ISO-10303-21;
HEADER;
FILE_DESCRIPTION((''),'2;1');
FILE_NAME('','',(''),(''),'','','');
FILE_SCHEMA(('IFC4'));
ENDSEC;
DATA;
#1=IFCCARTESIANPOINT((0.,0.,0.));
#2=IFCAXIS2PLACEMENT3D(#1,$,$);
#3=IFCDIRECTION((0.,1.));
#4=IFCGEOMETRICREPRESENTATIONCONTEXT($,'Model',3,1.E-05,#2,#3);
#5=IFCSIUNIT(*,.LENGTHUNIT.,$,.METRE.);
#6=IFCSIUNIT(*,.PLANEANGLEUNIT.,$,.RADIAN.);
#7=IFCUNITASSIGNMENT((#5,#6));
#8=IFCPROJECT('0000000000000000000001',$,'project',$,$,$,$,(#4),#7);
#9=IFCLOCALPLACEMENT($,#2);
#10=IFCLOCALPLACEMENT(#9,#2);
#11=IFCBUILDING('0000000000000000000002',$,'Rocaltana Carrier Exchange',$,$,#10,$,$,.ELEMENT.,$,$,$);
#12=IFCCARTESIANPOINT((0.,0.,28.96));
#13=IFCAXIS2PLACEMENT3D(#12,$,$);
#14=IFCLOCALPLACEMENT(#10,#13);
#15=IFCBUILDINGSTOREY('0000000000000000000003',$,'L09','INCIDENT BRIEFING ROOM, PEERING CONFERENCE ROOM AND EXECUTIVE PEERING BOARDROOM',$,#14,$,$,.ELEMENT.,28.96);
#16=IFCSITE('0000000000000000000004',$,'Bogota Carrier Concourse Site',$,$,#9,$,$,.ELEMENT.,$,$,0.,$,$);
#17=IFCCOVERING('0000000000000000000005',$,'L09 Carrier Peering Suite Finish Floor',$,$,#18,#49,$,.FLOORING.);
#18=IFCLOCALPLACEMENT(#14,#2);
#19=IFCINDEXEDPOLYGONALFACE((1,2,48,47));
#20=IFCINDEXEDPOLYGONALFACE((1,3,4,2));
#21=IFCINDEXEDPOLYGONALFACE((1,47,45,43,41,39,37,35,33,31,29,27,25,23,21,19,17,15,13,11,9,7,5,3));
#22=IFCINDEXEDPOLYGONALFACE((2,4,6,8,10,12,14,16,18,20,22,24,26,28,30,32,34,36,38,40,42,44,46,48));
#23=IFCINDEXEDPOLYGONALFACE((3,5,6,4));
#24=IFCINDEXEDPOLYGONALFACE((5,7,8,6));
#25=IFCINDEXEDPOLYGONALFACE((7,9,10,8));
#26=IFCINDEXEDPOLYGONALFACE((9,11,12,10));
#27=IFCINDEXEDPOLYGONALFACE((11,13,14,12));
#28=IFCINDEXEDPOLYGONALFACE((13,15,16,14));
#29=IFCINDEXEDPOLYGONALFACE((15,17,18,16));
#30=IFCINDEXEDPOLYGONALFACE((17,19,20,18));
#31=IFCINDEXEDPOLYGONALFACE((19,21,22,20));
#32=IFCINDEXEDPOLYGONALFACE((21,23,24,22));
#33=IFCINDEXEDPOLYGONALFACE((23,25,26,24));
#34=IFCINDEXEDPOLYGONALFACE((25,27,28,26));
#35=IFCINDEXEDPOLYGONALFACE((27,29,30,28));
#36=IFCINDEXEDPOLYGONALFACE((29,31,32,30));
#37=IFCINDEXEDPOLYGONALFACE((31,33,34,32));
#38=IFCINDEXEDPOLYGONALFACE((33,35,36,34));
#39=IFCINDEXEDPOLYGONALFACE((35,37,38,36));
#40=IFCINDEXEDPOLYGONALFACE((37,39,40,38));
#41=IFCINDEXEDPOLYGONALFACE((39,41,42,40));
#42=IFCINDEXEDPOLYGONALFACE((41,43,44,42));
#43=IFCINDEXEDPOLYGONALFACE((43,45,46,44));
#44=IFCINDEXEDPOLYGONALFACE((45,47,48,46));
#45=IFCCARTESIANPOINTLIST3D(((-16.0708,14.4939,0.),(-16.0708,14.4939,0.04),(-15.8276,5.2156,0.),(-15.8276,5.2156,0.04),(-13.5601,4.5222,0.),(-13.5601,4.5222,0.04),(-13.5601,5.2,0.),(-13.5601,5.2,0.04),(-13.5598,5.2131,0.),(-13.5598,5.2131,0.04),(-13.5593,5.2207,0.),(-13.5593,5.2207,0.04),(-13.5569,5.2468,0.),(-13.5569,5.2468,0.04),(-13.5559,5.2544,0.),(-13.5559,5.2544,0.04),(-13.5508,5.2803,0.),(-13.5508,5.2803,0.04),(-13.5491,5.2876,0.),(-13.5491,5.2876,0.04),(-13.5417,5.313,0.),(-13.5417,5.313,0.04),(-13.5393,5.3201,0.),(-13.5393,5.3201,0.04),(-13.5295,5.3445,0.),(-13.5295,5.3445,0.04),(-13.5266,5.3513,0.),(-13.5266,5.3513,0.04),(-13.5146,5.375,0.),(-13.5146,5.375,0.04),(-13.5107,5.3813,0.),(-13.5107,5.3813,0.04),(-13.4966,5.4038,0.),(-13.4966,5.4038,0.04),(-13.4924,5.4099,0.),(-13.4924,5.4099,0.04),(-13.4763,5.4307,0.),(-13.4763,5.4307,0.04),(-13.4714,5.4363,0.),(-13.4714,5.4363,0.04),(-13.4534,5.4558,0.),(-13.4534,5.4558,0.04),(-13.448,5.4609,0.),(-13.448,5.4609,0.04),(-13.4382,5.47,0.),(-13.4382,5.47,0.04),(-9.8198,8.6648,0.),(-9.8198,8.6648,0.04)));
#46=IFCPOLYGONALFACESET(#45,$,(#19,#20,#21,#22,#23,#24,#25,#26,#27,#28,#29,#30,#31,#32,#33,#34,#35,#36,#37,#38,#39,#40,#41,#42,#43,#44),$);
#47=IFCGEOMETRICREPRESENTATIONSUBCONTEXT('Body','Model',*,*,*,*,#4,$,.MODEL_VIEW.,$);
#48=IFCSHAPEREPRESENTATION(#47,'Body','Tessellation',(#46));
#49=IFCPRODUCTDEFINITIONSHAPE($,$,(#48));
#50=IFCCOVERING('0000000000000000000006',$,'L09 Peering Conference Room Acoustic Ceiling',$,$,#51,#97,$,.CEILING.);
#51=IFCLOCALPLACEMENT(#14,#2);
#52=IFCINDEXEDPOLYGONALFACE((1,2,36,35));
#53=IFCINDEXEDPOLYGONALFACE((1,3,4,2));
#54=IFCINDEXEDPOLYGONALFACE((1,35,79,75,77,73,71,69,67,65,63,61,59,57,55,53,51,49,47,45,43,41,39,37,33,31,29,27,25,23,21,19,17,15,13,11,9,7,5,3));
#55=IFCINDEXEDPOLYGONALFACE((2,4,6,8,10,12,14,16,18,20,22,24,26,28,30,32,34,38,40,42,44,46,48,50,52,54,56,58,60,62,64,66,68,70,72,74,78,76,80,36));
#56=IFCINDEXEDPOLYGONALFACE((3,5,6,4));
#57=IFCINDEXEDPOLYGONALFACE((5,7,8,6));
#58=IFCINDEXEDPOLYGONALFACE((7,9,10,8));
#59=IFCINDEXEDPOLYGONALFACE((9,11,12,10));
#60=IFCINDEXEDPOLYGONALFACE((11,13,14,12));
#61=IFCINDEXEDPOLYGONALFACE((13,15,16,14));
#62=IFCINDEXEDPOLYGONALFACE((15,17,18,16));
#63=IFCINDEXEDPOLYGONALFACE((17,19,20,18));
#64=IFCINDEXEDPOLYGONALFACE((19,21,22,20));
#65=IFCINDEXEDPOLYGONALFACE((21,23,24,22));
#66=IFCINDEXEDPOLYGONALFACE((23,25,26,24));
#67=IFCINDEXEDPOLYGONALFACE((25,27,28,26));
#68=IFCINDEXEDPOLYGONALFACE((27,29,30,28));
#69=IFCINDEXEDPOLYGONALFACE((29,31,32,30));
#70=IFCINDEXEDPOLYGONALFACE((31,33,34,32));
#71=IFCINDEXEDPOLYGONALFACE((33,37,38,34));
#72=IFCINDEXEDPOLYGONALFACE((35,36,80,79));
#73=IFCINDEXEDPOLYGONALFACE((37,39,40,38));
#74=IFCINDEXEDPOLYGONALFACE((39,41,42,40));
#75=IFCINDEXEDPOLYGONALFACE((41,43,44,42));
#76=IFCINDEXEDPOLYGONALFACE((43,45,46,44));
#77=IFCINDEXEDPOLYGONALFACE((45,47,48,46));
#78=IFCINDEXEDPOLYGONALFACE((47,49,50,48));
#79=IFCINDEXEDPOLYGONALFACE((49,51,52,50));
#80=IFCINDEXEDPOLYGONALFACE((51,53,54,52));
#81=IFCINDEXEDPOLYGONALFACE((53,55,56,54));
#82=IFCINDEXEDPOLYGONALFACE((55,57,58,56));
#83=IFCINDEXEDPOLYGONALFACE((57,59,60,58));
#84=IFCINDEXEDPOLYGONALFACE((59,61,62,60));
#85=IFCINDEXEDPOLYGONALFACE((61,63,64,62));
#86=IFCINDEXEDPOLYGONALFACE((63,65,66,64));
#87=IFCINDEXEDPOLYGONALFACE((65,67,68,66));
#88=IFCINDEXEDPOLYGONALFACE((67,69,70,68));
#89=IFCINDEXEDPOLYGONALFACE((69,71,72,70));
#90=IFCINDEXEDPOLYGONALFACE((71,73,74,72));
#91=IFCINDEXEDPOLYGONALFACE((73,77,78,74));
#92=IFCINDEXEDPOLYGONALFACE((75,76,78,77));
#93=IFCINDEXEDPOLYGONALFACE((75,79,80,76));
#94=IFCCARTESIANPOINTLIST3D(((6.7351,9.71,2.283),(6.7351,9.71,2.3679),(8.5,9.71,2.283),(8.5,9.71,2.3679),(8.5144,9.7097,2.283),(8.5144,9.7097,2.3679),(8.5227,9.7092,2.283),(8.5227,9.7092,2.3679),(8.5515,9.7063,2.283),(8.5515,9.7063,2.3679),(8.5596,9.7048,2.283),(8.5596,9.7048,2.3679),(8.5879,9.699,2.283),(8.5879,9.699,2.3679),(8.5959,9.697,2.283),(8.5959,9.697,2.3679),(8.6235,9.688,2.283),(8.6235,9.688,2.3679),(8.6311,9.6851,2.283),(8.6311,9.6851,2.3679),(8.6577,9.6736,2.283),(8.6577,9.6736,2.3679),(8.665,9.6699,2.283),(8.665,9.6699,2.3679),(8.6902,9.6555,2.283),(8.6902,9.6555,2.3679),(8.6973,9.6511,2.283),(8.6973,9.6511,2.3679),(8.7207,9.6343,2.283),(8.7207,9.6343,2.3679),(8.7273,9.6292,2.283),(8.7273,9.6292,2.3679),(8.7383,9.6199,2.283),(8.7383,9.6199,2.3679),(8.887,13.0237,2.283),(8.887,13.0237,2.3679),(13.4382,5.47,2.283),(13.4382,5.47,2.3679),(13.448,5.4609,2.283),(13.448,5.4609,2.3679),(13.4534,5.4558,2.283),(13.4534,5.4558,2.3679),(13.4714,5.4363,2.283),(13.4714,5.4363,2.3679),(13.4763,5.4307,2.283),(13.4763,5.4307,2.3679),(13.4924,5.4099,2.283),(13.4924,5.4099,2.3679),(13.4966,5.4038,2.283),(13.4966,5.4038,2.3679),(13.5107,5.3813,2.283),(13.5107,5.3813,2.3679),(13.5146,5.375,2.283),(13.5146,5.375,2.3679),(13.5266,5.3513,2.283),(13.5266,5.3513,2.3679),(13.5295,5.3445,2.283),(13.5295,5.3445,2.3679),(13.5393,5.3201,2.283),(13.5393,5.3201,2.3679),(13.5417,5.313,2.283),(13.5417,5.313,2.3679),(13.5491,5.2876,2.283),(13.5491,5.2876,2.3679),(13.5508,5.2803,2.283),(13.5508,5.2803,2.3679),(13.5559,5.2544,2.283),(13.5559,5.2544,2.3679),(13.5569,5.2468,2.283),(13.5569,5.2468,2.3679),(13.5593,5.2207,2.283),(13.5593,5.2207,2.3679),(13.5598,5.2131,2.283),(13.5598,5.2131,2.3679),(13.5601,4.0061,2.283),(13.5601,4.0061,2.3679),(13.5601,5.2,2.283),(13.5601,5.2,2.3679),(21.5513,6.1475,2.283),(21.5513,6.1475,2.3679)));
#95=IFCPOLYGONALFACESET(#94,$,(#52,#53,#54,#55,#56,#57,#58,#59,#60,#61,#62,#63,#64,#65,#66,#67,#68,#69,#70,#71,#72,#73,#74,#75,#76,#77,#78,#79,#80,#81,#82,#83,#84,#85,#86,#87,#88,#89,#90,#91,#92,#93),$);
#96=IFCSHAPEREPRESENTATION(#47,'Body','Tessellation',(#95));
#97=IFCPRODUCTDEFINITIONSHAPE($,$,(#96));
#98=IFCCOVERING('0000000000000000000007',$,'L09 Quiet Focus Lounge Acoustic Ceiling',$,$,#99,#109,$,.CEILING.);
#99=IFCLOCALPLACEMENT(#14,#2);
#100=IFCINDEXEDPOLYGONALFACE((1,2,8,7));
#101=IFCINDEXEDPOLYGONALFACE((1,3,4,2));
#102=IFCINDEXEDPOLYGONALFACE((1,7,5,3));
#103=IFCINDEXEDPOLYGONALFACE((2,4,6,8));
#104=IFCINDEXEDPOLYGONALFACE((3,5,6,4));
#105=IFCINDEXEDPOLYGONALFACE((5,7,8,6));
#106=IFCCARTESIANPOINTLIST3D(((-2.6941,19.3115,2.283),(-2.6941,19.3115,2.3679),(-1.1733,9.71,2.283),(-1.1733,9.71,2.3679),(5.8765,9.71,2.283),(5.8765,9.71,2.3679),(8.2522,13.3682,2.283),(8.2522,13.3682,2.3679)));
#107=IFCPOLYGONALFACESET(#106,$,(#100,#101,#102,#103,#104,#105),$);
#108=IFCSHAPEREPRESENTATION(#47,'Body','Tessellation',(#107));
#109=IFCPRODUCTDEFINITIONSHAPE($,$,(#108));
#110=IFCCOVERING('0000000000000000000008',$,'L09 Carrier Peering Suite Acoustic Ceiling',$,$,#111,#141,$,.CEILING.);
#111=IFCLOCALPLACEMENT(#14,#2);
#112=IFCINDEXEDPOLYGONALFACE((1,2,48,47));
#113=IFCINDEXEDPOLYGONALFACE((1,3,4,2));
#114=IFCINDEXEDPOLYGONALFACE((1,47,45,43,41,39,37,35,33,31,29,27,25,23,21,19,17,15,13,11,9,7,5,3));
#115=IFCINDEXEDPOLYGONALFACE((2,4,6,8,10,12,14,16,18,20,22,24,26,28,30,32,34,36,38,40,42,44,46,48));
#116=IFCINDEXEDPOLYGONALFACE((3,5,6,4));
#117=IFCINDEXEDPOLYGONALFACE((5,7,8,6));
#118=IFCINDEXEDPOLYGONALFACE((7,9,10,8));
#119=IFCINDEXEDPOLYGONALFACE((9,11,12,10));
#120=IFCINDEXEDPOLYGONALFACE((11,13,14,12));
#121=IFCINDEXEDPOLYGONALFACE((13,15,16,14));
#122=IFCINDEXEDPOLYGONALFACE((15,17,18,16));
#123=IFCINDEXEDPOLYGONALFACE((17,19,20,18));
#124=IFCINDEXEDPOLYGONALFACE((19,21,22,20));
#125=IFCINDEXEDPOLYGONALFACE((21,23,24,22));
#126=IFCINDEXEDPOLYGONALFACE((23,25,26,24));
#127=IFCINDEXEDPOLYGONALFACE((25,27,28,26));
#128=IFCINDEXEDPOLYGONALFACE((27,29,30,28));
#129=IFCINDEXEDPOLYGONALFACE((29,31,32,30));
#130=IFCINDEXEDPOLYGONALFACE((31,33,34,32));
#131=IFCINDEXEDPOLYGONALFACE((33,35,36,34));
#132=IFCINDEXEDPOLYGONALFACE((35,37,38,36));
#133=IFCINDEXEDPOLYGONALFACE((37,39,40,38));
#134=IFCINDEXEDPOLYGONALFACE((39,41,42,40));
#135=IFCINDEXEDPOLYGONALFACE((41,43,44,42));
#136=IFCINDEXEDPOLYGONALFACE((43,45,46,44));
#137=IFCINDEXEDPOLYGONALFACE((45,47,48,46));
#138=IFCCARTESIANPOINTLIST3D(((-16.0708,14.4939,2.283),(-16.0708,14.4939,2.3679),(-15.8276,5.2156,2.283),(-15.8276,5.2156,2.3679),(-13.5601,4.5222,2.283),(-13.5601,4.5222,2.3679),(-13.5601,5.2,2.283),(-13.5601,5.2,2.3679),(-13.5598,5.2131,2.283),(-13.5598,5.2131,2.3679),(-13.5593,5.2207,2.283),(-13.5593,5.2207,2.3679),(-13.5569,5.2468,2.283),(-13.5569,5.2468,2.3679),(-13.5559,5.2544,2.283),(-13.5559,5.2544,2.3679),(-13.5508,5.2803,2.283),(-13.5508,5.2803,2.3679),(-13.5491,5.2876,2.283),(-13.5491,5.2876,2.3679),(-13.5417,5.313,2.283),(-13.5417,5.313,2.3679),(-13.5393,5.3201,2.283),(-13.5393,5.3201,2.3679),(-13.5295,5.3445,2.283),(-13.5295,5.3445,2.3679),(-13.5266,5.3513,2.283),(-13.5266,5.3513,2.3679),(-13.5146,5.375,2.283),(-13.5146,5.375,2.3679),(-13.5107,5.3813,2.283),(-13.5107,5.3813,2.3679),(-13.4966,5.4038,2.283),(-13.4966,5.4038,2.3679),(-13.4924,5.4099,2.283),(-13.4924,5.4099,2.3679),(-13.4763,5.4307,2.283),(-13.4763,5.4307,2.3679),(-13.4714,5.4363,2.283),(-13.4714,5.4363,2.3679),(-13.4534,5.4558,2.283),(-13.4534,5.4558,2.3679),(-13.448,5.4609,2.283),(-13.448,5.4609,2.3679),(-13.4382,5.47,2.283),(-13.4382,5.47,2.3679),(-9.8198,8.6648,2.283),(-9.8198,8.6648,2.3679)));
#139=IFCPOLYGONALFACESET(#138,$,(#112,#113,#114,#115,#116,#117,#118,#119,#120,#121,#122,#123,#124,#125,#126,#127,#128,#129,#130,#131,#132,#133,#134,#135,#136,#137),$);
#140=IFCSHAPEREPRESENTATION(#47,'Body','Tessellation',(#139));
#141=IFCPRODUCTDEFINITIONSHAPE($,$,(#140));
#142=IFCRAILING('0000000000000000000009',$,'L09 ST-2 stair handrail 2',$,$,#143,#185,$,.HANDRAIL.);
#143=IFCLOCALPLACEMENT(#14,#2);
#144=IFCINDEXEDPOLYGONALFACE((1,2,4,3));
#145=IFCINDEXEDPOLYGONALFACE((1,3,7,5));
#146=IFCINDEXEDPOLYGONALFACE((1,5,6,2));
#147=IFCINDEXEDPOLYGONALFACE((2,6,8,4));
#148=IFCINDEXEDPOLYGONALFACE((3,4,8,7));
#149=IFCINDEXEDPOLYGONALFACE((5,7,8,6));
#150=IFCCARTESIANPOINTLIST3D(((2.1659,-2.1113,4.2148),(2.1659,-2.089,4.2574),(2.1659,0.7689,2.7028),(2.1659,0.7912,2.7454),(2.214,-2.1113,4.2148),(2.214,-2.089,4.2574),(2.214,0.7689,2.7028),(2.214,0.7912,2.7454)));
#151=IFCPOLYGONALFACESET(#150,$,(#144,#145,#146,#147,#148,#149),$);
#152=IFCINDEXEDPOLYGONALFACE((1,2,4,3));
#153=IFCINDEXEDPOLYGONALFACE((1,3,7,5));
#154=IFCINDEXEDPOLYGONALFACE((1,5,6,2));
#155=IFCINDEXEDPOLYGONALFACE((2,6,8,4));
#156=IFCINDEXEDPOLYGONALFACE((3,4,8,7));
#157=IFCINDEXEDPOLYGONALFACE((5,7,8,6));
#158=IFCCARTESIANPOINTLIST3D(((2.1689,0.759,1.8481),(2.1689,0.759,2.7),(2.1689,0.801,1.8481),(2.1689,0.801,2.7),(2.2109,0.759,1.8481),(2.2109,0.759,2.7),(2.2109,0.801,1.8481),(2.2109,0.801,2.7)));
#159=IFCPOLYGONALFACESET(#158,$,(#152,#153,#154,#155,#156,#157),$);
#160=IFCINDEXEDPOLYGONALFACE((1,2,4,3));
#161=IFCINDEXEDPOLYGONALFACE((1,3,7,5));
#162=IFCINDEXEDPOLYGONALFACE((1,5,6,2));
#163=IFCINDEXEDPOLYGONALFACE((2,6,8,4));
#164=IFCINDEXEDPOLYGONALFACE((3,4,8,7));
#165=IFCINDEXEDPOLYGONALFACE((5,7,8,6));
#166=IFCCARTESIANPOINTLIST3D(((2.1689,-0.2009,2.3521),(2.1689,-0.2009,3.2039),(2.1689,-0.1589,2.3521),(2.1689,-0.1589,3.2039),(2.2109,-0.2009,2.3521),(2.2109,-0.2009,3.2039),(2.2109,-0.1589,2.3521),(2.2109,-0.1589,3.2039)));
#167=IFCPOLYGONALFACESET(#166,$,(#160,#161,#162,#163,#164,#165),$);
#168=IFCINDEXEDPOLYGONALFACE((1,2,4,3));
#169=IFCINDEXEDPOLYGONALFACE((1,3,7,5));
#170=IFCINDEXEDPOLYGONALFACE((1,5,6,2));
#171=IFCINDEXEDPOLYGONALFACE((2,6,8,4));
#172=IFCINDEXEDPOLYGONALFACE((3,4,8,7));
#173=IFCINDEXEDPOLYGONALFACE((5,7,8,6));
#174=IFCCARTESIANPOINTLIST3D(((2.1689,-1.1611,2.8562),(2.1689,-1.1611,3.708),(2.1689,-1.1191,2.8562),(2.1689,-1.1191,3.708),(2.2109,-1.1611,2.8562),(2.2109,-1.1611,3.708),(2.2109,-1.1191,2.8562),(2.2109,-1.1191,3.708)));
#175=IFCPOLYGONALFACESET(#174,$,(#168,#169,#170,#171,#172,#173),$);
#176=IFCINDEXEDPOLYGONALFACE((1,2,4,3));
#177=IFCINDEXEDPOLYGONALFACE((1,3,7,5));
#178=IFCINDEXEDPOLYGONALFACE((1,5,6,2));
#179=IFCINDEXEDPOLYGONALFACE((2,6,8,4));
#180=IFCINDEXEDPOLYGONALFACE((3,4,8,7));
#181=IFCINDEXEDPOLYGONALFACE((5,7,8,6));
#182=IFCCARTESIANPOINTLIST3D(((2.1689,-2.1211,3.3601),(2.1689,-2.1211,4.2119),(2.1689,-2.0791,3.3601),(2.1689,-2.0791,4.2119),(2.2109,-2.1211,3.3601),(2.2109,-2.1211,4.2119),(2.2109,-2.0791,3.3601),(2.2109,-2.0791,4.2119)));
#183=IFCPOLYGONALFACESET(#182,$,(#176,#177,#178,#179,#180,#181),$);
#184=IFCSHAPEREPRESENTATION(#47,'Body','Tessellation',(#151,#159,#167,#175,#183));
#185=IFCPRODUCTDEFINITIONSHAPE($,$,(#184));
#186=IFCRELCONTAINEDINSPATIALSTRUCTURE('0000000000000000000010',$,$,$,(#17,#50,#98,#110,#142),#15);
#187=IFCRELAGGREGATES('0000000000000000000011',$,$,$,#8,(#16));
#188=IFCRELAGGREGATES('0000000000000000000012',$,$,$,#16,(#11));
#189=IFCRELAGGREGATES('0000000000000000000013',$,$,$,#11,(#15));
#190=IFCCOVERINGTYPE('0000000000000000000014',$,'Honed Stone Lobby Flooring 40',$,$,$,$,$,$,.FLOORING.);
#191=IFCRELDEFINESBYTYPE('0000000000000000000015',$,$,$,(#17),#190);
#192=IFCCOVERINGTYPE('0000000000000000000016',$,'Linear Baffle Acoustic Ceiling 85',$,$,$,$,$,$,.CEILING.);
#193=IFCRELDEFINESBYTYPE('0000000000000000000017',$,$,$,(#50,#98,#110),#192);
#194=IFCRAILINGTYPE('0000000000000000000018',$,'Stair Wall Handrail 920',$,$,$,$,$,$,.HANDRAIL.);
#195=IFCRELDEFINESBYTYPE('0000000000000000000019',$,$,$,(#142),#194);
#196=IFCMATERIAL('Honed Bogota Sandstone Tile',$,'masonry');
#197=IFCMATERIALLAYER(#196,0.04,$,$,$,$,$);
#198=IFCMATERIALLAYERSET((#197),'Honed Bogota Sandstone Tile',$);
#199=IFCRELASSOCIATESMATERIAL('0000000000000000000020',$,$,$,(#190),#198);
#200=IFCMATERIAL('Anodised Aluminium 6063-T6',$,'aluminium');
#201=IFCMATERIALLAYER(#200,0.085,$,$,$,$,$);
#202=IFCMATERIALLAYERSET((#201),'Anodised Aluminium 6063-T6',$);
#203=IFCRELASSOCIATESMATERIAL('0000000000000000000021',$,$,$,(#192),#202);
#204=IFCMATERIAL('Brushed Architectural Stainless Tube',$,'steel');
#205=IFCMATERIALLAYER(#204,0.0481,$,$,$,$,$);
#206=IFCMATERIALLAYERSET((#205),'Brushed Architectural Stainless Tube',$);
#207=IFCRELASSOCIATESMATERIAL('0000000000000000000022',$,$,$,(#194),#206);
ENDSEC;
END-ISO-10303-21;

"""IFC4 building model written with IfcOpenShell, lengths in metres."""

from ifc_helpers import new_model, si_unit, direction, frame, origin, origin_2d, place, context, subcontext, project, spatial, polyline, rectangle, outline, extrude, material, layer, layer_set, type_object, element, save


model = new_model("IFC4")

# Units and contexts
model_context = context("Model", 3, precision=1e-05, world=origin(), true_north=direction((0.0, 1.0)))
body_context = subcontext(model_context, "Body", "Model", "MODEL_VIEW")
ifc_project = project(units=[si_unit("LENGTHUNIT", "METRE"), si_unit("PLANEANGLEUNIT", "RADIAN")], contexts=[model_context])

# Site, building, storey
site_placement = place(None, origin())
site = spatial("IfcSite", under=ifc_project, at=site_placement, Name="Bogota Carrier Concourse Site", CompositionType="ELEMENT", RefElevation=0.0)
building_placement = place(site_placement, origin())
building = spatial("IfcBuilding", under=site, at=building_placement, Name="Rocaltana Carrier Exchange", CompositionType="ELEMENT")
storey_placement = place(building_placement, frame((0.0, 0.0, 28.96)))
storey = spatial("IfcBuildingStorey", under=building, at=storey_placement, Name="L09", Description="INCIDENT BRIEFING ROOM, PEERING CONFERENCE ROOM AND EXECUTIVE PEERING BOARDROOM", CompositionType="ELEMENT", Elevation=28.96)

# Coverings
ifc_material_1 = material(Name="Honed Bogota Sandstone Tile", Category="masonry")
ifc_layer_1 = layer(ifc_material_1, 0.04)
ifc_layer_set_1 = layer_set([ifc_layer_1], Name="Honed Bogota Sandstone Tile")
covering_type_1 = type_object("IfcCoveringType", Name="Honed Stone Lobby Flooring 40", PredefinedType="FLOORING", material=ifc_layer_set_1)
covering_1_placement = place(storey_placement, origin())
element("IfcCovering", 1, at=covering_1_placement, inside=storey, type_object=covering_type_1, Name="L09 Carrier Peering Suite Finish Floor", PredefinedType="FLOORING", context=body_context, shape_type="SweptSolid", body=[
    extrude(outline(polyline([(-16.0708, 14.4939), (-9.8198, 8.6648), (-13.4382, 5.47), (-13.448, 5.4609), (-13.4534, 5.4558), (-13.4714, 5.4363), (-13.4763, 5.4307), (-13.4924, 5.4099), (-13.4966, 5.4038), (-13.5107, 5.3813), (-13.5146, 5.375), (-13.5266, 5.3513), (-13.5295, 5.3445), (-13.5393, 5.3201), (-13.5417, 5.313), (-13.5491, 5.2876), (-13.5508, 5.2803), (-13.5559, 5.2544), (-13.5569, 5.2468), (-13.5593, 5.2207), (-13.5598, 5.2131), (-13.5601, 5.2), (-13.5601, 4.5222), (-15.8276, 5.2156), (-16.0708, 14.4939)])), origin(), (0.0, 0.0, 1.0), 0.04),
])
ifc_material_2 = material(Name="Anodised Aluminium 6063-T6", Category="aluminium")
ifc_layer_2 = layer(ifc_material_2, 0.085)
ifc_layer_set_2 = layer_set([ifc_layer_2], Name="Anodised Aluminium 6063-T6")
covering_type_2 = type_object("IfcCoveringType", Name="Linear Baffle Acoustic Ceiling 85", PredefinedType="CEILING", material=ifc_layer_set_2)
covering_2_placement = place(storey_placement, frame((0.0, 0.0, 2.283)))
element("IfcCovering", 2, at=covering_2_placement, inside=storey, type_object=covering_type_2, Name="L09 Peering Conference Room Acoustic Ceiling", PredefinedType="CEILING", context=body_context, shape_type="SweptSolid", body=[
    extrude(outline(polyline([(21.5513, 6.1475), (13.5601, 4.0061), (13.5601, 5.2), (13.5598, 5.2131), (13.5593, 5.2207), (13.5569, 5.2468), (13.5559, 5.2544), (13.5508, 5.2803), (13.5491, 5.2876), (13.5417, 5.313), (13.5393, 5.3201), (13.5295, 5.3445), (13.5266, 5.3513), (13.5146, 5.375), (13.5107, 5.3813), (13.4966, 5.4038), (13.4924, 5.4099), (13.4763, 5.4307), (13.4714, 5.4363), (13.4534, 5.4558), (13.448, 5.4609), (13.4382, 5.47), (8.7383, 9.6199), (8.7273, 9.6292), (8.7207, 9.6343), (8.6973, 9.6511), (8.6902, 9.6555), (8.665, 9.6699), (8.6577, 9.6736), (8.6311, 9.6851), (8.6235, 9.688), (8.5959, 9.697), (8.5879, 9.699), (8.5596, 9.7048), (8.5515, 9.7063), (8.5227, 9.7092), (8.5144, 9.7097), (8.5, 9.71), (6.7351, 9.71), (8.887, 13.0237), (21.5513, 6.1475)])), origin(), (0.0, 0.0, 1.0), 0.085),
])
covering_3_placement = place(storey_placement, frame((0.0, 0.0, 2.283)))
element("IfcCovering", 3, at=covering_3_placement, inside=storey, type_object=covering_type_2, Name="L09 Quiet Focus Lounge Acoustic Ceiling", PredefinedType="CEILING", context=body_context, shape_type="SweptSolid", body=[
    extrude(outline(polyline([(8.2522, 13.3682), (5.8765, 9.71), (-1.1733, 9.71), (-2.6941, 19.3115), (8.2522, 13.3682)])), origin(), (0.0, 0.0, 1.0), 0.085),
])
covering_4_placement = place(storey_placement, frame((0.0, 0.0, 2.283)))
element("IfcCovering", 4, at=covering_4_placement, inside=storey, type_object=covering_type_2, Name="L09 Carrier Peering Suite Acoustic Ceiling", PredefinedType="CEILING", context=body_context, shape_type="SweptSolid", body=[
    extrude(outline(polyline([(-16.0708, 14.4939), (-9.8198, 8.6648), (-13.4382, 5.47), (-13.448, 5.4609), (-13.4534, 5.4558), (-13.4714, 5.4363), (-13.4763, 5.4307), (-13.4924, 5.4099), (-13.4966, 5.4038), (-13.5107, 5.3813), (-13.5146, 5.375), (-13.5266, 5.3513), (-13.5295, 5.3445), (-13.5393, 5.3201), (-13.5417, 5.313), (-13.5491, 5.2876), (-13.5508, 5.2803), (-13.5559, 5.2544), (-13.5569, 5.2468), (-13.5593, 5.2207), (-13.5598, 5.2131), (-13.5601, 5.2), (-13.5601, 4.5222), (-15.8276, 5.2156), (-16.0708, 14.4939)])), origin(), (0.0, 0.0, 1.0), 0.085),
])

# Railing
ifc_material_3 = material(Name="Brushed Architectural Stainless Tube", Category="steel")
ifc_layer_3 = layer(ifc_material_3, 0.0481)
ifc_layer_set_3 = layer_set([ifc_layer_3], Name="Brushed Architectural Stainless Tube")
railing_type_1 = type_object("IfcRailingType", Name="Stair Wall Handrail 920", PredefinedType="HANDRAIL", material=ifc_layer_set_3)
railing_1_placement = place(storey_placement, frame((2.1899, 0.78, 1.8481)))
element("IfcRailing", 5, at=railing_1_placement, inside=storey, type_object=railing_type_1, Name="L09 ST-2 stair handrail 2", PredefinedType="HANDRAIL", context=body_context, shape_type="SweptSolid", body=[
    extrude(rectangle(XDim=0.0481, YDim=0.0481, at=origin_2d()), frame((0.0, 0.0, 0.876), z_axis=(0.0, -0.885411, 0.464809), x_axis=(1.0, 0.0, 0.0)), (0.0, 0.0, 1.0), 3.2529),
    extrude(rectangle(XDim=0.042, YDim=0.042, at=origin_2d()), origin(), (0.0, 0.0, 1.0), 0.8518),
    extrude(rectangle(XDim=0.042, YDim=0.042, at=origin_2d()), frame((0.0, -0.96, 0.5039)), (0.0, 0.0, 1.0), 0.8518),
    extrude(rectangle(XDim=0.042, YDim=0.042, at=origin_2d()), frame((0.0, -1.9202, 1.0081)), (0.0, 0.0, 1.0), 0.8518),
    extrude(rectangle(XDim=0.042, YDim=0.042, at=origin_2d()), frame((0.0, -2.8801, 1.512)), (0.0, 0.0, 1.0), 0.8518),
])

save(model, "model.ifc")
